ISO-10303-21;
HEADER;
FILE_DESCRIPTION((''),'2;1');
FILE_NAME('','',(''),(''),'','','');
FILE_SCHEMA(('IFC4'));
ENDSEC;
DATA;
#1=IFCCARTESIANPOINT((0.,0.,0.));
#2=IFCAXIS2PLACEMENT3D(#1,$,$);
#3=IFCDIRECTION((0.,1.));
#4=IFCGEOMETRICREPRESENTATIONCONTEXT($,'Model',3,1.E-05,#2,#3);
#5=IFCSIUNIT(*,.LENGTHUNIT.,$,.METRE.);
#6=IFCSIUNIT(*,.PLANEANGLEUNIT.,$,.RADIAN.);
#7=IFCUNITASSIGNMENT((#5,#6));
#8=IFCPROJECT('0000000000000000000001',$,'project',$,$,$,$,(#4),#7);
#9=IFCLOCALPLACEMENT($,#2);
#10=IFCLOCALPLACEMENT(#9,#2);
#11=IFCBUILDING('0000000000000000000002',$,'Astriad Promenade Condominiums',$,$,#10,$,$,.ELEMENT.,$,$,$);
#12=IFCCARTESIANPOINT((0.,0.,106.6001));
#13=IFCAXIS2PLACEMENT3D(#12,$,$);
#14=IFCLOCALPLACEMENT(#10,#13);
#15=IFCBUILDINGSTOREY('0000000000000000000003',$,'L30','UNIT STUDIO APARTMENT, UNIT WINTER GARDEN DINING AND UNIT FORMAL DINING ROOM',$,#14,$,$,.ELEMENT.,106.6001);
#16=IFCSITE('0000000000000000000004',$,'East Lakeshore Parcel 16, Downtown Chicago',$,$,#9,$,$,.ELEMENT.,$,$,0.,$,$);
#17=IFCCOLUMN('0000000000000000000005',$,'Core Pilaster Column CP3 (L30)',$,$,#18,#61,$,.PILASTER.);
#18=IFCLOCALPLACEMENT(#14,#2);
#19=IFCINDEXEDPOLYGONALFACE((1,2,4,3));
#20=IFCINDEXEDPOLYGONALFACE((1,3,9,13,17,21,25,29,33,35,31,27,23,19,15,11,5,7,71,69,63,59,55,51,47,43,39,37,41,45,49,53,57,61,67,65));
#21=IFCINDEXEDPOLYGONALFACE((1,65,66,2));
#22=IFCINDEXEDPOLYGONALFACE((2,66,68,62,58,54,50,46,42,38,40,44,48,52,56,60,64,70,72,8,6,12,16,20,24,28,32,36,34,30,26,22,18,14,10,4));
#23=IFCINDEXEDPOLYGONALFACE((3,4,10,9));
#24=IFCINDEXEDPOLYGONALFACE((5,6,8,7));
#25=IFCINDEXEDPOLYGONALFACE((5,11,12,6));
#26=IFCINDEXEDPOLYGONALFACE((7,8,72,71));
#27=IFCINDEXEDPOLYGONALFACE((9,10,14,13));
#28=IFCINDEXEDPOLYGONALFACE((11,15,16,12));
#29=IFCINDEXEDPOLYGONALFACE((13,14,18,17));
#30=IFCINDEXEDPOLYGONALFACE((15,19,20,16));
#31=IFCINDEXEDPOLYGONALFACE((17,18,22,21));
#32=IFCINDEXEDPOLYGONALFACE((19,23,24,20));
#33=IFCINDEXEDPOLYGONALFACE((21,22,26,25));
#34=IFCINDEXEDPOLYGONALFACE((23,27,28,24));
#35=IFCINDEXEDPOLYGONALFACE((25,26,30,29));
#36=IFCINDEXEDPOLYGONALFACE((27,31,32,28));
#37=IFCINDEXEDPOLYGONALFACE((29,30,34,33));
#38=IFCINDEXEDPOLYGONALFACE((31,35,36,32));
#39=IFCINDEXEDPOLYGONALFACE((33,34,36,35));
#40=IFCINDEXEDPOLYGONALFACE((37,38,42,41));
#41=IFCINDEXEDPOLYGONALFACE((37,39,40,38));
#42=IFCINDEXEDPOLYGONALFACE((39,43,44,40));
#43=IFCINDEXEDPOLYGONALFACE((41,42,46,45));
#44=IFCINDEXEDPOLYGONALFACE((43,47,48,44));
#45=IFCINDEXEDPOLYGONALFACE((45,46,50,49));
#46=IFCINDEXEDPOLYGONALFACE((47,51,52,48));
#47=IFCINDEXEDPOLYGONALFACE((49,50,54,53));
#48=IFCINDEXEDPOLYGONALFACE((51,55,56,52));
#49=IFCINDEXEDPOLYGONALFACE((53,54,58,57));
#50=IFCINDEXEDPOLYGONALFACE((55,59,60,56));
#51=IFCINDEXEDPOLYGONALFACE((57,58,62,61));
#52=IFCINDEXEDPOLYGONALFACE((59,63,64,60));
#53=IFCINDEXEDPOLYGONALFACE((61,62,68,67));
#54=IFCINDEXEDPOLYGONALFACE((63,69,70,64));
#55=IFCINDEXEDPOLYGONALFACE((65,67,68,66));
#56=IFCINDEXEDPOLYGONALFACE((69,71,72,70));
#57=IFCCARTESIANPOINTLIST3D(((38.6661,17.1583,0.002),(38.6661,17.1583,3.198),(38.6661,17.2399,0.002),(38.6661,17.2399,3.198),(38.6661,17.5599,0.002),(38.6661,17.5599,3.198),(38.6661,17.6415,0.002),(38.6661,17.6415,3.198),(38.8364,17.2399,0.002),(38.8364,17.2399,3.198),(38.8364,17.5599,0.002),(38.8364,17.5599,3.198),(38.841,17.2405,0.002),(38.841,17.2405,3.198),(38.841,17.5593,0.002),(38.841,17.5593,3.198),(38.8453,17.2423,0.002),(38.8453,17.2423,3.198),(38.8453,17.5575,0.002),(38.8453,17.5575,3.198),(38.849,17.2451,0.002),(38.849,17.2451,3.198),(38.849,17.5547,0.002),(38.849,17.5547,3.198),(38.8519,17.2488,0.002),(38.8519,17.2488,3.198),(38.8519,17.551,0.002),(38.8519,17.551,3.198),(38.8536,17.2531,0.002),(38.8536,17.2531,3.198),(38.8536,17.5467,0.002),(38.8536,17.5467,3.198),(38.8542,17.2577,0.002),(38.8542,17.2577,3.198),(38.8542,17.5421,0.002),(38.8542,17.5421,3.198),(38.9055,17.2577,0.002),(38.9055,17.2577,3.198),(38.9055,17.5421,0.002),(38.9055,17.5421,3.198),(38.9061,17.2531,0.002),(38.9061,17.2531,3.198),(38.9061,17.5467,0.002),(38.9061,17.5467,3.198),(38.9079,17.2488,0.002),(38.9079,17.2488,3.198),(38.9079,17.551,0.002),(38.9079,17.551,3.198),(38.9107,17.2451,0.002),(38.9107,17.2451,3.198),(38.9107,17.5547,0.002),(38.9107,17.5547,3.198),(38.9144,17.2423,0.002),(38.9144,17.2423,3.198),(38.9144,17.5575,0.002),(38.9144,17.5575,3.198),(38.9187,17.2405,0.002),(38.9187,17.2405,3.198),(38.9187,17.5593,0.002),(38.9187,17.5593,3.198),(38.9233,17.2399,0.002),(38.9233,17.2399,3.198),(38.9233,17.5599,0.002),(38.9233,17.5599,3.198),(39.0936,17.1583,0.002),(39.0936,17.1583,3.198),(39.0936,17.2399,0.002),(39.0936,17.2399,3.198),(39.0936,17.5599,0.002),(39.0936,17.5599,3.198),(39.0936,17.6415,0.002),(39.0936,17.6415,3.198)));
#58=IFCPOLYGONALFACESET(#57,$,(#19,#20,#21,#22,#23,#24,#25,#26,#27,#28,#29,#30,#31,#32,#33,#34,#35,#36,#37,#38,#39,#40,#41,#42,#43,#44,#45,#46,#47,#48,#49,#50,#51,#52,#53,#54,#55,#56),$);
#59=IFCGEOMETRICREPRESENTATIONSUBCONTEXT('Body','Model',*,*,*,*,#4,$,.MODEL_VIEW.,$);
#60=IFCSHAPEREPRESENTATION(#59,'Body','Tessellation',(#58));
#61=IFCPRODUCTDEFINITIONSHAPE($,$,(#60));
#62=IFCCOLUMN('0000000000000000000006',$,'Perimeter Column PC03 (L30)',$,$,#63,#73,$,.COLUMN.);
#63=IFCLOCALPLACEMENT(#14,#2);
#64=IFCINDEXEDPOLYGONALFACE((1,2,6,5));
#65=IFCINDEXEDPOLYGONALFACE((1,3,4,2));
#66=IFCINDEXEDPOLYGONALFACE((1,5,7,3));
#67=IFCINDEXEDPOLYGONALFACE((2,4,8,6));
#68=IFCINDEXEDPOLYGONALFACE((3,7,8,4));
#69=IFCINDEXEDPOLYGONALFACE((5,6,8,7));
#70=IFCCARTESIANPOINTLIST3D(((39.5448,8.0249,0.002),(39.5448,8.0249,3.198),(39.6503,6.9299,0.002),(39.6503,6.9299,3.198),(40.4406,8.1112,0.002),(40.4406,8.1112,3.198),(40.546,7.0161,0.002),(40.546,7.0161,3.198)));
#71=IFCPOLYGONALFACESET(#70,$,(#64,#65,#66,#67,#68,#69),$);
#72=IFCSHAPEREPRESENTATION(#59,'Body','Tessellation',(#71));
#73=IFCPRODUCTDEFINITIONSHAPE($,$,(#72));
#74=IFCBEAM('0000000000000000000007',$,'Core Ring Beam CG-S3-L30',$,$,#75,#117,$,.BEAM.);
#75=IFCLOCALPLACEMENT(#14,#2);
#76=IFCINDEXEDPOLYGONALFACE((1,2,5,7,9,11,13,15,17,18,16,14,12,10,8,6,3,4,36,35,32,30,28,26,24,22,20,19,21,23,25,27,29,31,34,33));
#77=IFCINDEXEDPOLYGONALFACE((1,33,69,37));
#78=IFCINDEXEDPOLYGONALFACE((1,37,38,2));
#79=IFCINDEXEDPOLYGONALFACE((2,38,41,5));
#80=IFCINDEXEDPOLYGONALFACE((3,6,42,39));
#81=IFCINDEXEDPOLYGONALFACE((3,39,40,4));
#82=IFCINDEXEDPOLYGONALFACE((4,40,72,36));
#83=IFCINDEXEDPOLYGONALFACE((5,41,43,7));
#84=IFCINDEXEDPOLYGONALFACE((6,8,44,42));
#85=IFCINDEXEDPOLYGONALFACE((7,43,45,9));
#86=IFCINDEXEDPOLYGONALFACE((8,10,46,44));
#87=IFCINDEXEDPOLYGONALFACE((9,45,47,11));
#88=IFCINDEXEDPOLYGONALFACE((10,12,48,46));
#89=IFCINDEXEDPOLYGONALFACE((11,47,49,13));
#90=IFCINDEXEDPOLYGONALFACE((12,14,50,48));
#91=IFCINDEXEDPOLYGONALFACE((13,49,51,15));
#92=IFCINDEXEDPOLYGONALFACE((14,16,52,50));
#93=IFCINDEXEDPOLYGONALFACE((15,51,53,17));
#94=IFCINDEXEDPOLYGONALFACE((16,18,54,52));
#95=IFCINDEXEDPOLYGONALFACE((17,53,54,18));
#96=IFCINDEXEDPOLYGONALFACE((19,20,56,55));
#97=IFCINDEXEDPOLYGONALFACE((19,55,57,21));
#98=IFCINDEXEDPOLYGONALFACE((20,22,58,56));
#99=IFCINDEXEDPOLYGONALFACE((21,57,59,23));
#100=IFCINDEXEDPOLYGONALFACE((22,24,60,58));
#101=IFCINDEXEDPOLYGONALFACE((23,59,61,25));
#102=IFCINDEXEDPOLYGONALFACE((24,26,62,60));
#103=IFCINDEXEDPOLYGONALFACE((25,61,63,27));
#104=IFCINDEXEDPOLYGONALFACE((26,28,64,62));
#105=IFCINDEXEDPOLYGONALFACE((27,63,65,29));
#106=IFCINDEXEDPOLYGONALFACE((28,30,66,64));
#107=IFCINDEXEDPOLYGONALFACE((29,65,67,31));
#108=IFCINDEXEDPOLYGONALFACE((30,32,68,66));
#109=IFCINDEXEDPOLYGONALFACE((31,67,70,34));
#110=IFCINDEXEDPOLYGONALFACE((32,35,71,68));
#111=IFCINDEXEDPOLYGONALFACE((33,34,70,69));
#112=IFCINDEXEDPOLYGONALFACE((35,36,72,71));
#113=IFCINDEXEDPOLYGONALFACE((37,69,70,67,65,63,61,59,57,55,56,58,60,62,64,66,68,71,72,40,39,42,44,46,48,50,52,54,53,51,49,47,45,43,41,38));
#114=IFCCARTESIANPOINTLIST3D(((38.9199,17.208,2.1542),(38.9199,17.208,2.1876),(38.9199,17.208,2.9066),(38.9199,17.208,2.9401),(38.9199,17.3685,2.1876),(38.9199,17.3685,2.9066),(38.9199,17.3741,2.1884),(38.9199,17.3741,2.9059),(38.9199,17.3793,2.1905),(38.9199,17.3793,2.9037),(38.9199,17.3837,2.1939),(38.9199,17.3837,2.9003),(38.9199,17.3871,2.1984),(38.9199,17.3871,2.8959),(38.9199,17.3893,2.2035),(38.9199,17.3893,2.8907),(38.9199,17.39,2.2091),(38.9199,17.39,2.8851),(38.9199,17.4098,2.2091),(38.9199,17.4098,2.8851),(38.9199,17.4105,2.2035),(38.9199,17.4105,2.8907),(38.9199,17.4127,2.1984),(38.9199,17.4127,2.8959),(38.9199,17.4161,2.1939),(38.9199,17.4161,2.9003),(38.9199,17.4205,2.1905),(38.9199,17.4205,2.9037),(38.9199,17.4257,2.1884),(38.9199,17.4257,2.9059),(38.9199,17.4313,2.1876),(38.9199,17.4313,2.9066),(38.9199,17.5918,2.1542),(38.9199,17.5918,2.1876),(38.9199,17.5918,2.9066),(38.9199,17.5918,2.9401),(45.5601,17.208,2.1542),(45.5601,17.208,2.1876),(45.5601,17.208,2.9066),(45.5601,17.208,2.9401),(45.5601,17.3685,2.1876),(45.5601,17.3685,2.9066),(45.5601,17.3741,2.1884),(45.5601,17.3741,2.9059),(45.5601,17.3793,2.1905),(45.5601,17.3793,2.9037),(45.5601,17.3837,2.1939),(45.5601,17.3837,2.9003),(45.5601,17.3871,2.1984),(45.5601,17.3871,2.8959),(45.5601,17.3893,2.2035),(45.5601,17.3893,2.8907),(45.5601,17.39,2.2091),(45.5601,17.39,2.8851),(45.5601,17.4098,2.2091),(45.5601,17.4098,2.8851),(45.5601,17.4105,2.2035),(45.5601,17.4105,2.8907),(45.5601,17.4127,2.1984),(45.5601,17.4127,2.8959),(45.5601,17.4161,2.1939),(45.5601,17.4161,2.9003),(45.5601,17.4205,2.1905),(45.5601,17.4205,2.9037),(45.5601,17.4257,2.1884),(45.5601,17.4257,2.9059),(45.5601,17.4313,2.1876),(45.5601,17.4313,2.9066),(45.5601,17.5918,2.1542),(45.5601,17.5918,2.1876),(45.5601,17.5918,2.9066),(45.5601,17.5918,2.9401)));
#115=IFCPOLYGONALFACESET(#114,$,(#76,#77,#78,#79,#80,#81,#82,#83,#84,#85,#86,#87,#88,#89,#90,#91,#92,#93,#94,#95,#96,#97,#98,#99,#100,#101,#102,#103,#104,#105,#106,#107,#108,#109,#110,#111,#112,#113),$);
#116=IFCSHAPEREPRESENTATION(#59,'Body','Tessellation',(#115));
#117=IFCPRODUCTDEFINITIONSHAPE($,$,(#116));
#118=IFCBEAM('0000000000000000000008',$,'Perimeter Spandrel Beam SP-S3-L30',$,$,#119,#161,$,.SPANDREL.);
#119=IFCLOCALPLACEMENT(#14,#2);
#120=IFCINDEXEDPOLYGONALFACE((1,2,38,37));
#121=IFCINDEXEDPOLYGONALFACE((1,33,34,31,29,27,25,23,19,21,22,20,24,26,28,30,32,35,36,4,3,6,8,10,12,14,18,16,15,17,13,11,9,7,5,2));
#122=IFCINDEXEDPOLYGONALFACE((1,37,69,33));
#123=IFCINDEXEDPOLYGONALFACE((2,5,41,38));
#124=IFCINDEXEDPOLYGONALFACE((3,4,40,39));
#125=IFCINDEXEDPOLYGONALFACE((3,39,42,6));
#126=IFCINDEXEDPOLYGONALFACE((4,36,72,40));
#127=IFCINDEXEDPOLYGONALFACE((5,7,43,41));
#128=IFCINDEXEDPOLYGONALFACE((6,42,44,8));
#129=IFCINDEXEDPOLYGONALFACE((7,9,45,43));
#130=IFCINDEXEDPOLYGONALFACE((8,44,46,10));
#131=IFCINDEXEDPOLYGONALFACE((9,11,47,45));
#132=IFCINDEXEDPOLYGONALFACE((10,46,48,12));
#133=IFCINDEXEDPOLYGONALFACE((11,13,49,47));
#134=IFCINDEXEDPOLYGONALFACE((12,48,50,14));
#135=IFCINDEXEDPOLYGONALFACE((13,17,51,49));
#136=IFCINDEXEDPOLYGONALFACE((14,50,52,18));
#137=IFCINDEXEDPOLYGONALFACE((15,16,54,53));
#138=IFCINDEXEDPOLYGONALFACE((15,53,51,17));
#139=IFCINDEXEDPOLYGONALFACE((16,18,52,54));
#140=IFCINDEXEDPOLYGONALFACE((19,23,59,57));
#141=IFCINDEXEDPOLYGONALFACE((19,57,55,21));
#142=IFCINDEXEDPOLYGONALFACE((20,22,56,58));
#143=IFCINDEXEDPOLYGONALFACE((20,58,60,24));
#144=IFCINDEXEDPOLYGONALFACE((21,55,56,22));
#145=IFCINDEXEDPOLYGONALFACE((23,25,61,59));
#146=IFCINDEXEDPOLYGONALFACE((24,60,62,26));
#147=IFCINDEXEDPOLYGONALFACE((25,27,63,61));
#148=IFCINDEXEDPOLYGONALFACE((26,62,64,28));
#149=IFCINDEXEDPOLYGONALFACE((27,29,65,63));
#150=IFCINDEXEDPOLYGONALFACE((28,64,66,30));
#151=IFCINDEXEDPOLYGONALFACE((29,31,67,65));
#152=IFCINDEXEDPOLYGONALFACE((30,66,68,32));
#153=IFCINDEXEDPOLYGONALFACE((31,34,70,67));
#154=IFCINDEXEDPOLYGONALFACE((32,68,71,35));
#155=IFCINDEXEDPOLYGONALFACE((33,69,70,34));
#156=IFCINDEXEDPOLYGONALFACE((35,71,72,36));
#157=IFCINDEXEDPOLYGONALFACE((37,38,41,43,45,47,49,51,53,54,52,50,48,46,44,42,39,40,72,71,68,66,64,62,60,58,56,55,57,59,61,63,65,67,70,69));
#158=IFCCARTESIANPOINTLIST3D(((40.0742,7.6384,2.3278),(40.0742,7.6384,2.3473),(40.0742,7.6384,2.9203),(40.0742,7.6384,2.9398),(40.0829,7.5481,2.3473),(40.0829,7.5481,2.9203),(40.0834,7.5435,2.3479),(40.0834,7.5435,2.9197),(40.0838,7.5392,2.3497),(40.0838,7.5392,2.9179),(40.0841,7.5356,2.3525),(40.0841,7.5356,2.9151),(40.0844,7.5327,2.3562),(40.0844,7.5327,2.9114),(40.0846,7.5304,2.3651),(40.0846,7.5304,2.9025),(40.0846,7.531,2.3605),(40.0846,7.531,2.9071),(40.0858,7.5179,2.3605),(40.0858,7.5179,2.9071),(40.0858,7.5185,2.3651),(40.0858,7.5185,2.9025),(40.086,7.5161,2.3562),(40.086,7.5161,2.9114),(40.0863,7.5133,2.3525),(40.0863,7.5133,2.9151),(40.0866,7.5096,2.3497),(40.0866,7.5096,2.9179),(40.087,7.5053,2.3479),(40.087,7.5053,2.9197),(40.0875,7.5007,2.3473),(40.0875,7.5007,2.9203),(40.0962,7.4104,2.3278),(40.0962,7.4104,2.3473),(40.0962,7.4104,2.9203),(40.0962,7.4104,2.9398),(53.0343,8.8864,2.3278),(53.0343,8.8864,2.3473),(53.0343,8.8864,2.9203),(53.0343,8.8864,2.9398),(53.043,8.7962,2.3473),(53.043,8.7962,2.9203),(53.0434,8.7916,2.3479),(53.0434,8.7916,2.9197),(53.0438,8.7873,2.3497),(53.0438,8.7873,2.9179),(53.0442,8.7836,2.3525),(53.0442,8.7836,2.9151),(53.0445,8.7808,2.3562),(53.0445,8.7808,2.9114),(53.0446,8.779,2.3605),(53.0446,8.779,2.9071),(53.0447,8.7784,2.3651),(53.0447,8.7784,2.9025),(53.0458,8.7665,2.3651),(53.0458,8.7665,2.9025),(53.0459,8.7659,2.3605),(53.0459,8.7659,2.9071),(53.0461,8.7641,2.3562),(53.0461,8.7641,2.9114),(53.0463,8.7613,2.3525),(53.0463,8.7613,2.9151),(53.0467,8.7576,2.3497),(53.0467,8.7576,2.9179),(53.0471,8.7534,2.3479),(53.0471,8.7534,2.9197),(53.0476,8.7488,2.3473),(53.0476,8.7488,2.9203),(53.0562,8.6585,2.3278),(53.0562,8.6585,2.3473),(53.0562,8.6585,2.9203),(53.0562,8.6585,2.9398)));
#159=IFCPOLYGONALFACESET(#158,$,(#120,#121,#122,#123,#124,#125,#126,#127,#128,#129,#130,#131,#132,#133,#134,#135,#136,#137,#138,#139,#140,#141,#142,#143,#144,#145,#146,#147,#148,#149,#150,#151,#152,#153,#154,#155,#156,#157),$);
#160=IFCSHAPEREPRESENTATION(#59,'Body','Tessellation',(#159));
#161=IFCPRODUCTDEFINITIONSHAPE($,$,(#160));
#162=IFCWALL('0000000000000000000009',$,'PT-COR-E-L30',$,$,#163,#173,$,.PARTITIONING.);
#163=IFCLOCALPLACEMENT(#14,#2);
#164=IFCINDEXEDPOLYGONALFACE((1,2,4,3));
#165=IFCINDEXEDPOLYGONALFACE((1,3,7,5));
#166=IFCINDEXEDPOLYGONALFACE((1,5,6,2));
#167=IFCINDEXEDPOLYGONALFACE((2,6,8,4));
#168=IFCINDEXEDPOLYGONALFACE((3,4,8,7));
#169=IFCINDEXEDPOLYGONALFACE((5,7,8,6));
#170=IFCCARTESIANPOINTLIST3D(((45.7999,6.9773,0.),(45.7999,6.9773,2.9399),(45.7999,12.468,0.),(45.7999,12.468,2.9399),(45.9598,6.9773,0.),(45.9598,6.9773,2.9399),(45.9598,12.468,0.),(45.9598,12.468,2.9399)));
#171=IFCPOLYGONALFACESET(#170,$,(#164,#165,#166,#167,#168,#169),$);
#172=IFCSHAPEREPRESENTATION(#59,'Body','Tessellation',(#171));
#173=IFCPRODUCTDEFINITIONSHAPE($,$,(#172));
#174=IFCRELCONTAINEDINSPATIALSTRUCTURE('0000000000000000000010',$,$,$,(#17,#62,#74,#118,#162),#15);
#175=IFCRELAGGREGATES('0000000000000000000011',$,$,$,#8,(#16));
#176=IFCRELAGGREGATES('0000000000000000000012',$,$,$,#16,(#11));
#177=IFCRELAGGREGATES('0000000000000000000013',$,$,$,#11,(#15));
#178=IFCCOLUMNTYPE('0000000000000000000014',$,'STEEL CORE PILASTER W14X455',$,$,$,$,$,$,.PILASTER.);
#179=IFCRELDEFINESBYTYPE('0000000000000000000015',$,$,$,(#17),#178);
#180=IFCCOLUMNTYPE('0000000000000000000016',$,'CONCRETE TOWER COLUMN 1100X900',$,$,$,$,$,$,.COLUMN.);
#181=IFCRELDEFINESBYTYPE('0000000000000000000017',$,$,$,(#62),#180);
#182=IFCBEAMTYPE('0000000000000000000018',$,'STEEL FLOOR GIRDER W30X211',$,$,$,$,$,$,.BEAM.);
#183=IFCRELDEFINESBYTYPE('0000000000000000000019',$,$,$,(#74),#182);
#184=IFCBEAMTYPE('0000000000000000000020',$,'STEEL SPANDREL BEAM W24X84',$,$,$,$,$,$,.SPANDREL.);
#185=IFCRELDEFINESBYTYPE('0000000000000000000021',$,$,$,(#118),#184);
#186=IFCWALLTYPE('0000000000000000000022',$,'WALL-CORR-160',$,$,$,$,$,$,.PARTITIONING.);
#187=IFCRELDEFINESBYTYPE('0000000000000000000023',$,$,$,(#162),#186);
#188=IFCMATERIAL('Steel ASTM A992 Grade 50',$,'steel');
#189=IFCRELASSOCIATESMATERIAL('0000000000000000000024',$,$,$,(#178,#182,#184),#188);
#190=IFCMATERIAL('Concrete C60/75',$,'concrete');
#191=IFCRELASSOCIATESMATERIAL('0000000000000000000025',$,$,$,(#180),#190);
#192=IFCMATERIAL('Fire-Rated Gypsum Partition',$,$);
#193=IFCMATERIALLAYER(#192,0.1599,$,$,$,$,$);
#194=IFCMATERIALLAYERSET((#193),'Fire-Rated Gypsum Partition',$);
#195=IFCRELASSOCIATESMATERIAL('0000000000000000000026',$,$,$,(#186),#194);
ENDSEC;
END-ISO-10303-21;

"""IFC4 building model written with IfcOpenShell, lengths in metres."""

from ifc_helpers import new_model, si_unit, direction, frame, frame_2d, origin, origin_2d, place, context, subcontext, project, spatial, rectangle, i_section, extrude, source, transform, mapped, material, layer, layer_set, material_profile, profile_set, type_object, type_shapes, element, save


model = new_model("IFC4")

# Units and contexts
model_context = context("Model", 3, precision=1e-05, world=origin(), true_north=direction((0.0, 1.0)))
body_context = subcontext(model_context, "Body", "Model", "MODEL_VIEW")
ifc_project = project(units=[si_unit("LENGTHUNIT", "METRE"), si_unit("PLANEANGLEUNIT", "RADIAN")], contexts=[model_context])

# Site, building, storey
site_placement = place(None, origin())
site = spatial("IfcSite", under=ifc_project, at=site_placement, Name="East Lakeshore Parcel 16, Downtown Chicago", CompositionType="ELEMENT", RefElevation=0.0)
building_placement = place(site_placement, origin())
building = spatial("IfcBuilding", under=site, at=building_placement, Name="Astriad Promenade Condominiums", CompositionType="ELEMENT")
storey_placement = place(building_placement, frame((0.0, 0.0, 106.6001)))
storey = spatial("IfcBuildingStorey", under=building, at=storey_placement, Name="L30", Description="UNIT STUDIO APARTMENT, UNIT WINTER GARDEN DINING AND UNIT FORMAL DINING ROOM", CompositionType="ELEMENT", Elevation=106.6001)

# Columns
ifc_material_1 = material(Name="Steel ASTM A992 Grade 50", Category="steel")
ifc_material_profile_1 = material_profile(ifc_material_1, i_section(OverallWidth=0.4275, OverallDepth=0.4832, WebThickness=0.0513, FlangeThickness=0.0815, FilletRadius=0.0178, at=origin_2d()), Name="W14X455")
ifc_profile_set_1 = profile_set([ifc_material_profile_1], Name="Steel ASTM A992 Grade 50")
column_type_1 = type_object("IfcColumnType", Name="STEEL CORE PILASTER W14X455", PredefinedType="PILASTER", material=ifc_profile_set_1)
shared_shape_1 = source(origin(), body_context, "Body", "SweptSolid", [
    extrude(i_section(OverallWidth=0.4275, OverallDepth=0.4832, WebThickness=0.0513, FlangeThickness=0.0815, FilletRadius=0.0178, at=origin_2d()), origin(), (0.0, 0.0, 1.0), 3.196),
])
type_shapes(column_type_1, [shared_shape_1])
column_1_placement = place(storey_placement, frame((38.8799, 17.3999, 0.002), z_axis=(0.0, 0.0, 1.0), x_axis=(1.0, 0.0, 0.0)))
element("IfcColumn", 1, at=column_1_placement, inside=storey, type_object=column_type_1, Name="Core Pilaster Column CP3 (L30)", PredefinedType="PILASTER", context=body_context, shape_type="MappedRepresentation", body=[
    mapped(shared_shape_1, transform((0.0, 0.0, 0.0), scale=1.0)),
])
ifc_material_2 = material(Name="Concrete C60/75", Category="concrete")
ifc_material_profile_2 = material_profile(ifc_material_2, rectangle(XDim=0.8999, YDim=1.1001, at=origin_2d()), Name="RC-COL-1100X900")
ifc_profile_set_2 = profile_set([ifc_material_profile_2], Name="Concrete C60/75")
column_type_2 = type_object("IfcColumnType", Name="CONCRETE TOWER COLUMN 1100X900", PredefinedType="COLUMN", material=ifc_profile_set_2)
shared_shape_2 = source(origin(), body_context, "Body", "SweptSolid", [
    extrude(rectangle(XDim=0.8999, YDim=1.1001, at=origin_2d()), origin(), (0.0, 0.0, 1.0), 3.196),
])
type_shapes(column_type_2, [shared_shape_2])
column_2_placement = place(storey_placement, frame((40.0454, 7.5205, 0.002), z_axis=(0.0, 0.0, 1.0), x_axis=(0.995396, 0.095846, 0.0)))
element("IfcColumn", 2, at=column_2_placement, inside=storey, type_object=column_type_2, Name="Perimeter Column PC03 (L30)", PredefinedType="COLUMN", context=body_context, shape_type="MappedRepresentation", body=[
    mapped(shared_shape_2, transform((0.0, 0.0, 0.0), scale=1.0)),
])

# Beams
ifc_material_profile_3 = material_profile(ifc_material_1, i_section(OverallWidth=0.3838, OverallDepth=0.7859, WebThickness=0.0198, FlangeThickness=0.0334, FilletRadius=0.0215, at=origin_2d()), Name="W30X211")
ifc_profile_set_3 = profile_set([ifc_material_profile_3], Name="Steel ASTM A992 Grade 50")
beam_type_1 = type_object("IfcBeamType", Name="STEEL FLOOR GIRDER W30X211", PredefinedType="BEAM", material=ifc_profile_set_3)
shared_shape_3 = source(origin(), body_context, "Body", "SweptSolid", [
    extrude(i_section(OverallWidth=0.3838, OverallDepth=0.7859, WebThickness=0.0198, FlangeThickness=0.0334, FilletRadius=0.0215, at=origin_2d()), origin(), (0.0, 0.0, 1.0), 6.6401),
])
type_shapes(beam_type_1, [shared_shape_3])
beam_1_placement = place(storey_placement, frame((38.9199, 17.3999, 2.5471), z_axis=(1.0, 0.0, 0.0), x_axis=(0.0, 1.0, 0.0)))
element("IfcBeam", 3, at=beam_1_placement, inside=storey, type_object=beam_type_1, Name="Core Ring Beam CG-S3-L30", PredefinedType="BEAM", context=body_context, shape_type="MappedRepresentation", body=[
    mapped(shared_shape_3, transform((0.0, 0.0, 0.0), scale=1.0)),
])
ifc_material_profile_4 = material_profile(ifc_material_1, i_section(OverallWidth=0.229, OverallDepth=0.6121, WebThickness=0.012, FlangeThickness=0.0195, FilletRadius=0.0178, at=origin_2d()), Name="W24X84")
ifc_profile_set_4 = profile_set([ifc_material_profile_4], Name="Steel ASTM A992 Grade 50")
beam_type_2 = type_object("IfcBeamType", Name="STEEL SPANDREL BEAM W24X84", PredefinedType="SPANDREL", material=ifc_profile_set_4)
shared_shape_4 = source(origin(), body_context, "Body", "SweptSolid", [
    extrude(i_section(OverallWidth=0.229, OverallDepth=0.6121, WebThickness=0.012, FlangeThickness=0.0195, FilletRadius=0.0178, at=origin_2d()), origin(), (0.0, 0.0, 1.0), 13.02),
])
type_shapes(beam_type_2, [shared_shape_4])
beam_2_placement = place(storey_placement, frame((40.0852, 7.5244, 2.6338), z_axis=(0.995395, 0.095857, 0.0), x_axis=(-0.095857, 0.995395, 0.0)))
element("IfcBeam", 4, at=beam_2_placement, inside=storey, type_object=beam_type_2, Name="Perimeter Spandrel Beam SP-S3-L30", PredefinedType="SPANDREL", context=body_context, shape_type="MappedRepresentation", body=[
    mapped(shared_shape_4, transform((0.0, 0.0, 0.0), scale=1.0)),
])

# Wall
ifc_material_3 = material(Name="Fire-Rated Gypsum Partition")
ifc_layer_1 = layer(ifc_material_3, 0.1599)
ifc_layer_set_1 = layer_set([ifc_layer_1], Name="Fire-Rated Gypsum Partition")
wall_type_1 = type_object("IfcWallType", Name="WALL-CORR-160", PredefinedType="PARTITIONING", material=ifc_layer_set_1)
wall_1_placement = place(storey_placement, frame((45.8799, 6.9773, 0.0), z_axis=(0.0, 0.0, 1.0), x_axis=(0.0, 1.0, 0.0)))
element("IfcWall", 5, at=wall_1_placement, inside=storey, type_object=wall_type_1, Name="PT-COR-E-L30", PredefinedType="PARTITIONING", context=body_context, shape_type="SweptSolid", body=[
    extrude(rectangle(XDim=5.4907, YDim=0.1599, at=frame_2d((2.7454, 0.0))), origin(), (0.0, 0.0, 1.0), 2.9399),
])

save(model, "model.ifc")
